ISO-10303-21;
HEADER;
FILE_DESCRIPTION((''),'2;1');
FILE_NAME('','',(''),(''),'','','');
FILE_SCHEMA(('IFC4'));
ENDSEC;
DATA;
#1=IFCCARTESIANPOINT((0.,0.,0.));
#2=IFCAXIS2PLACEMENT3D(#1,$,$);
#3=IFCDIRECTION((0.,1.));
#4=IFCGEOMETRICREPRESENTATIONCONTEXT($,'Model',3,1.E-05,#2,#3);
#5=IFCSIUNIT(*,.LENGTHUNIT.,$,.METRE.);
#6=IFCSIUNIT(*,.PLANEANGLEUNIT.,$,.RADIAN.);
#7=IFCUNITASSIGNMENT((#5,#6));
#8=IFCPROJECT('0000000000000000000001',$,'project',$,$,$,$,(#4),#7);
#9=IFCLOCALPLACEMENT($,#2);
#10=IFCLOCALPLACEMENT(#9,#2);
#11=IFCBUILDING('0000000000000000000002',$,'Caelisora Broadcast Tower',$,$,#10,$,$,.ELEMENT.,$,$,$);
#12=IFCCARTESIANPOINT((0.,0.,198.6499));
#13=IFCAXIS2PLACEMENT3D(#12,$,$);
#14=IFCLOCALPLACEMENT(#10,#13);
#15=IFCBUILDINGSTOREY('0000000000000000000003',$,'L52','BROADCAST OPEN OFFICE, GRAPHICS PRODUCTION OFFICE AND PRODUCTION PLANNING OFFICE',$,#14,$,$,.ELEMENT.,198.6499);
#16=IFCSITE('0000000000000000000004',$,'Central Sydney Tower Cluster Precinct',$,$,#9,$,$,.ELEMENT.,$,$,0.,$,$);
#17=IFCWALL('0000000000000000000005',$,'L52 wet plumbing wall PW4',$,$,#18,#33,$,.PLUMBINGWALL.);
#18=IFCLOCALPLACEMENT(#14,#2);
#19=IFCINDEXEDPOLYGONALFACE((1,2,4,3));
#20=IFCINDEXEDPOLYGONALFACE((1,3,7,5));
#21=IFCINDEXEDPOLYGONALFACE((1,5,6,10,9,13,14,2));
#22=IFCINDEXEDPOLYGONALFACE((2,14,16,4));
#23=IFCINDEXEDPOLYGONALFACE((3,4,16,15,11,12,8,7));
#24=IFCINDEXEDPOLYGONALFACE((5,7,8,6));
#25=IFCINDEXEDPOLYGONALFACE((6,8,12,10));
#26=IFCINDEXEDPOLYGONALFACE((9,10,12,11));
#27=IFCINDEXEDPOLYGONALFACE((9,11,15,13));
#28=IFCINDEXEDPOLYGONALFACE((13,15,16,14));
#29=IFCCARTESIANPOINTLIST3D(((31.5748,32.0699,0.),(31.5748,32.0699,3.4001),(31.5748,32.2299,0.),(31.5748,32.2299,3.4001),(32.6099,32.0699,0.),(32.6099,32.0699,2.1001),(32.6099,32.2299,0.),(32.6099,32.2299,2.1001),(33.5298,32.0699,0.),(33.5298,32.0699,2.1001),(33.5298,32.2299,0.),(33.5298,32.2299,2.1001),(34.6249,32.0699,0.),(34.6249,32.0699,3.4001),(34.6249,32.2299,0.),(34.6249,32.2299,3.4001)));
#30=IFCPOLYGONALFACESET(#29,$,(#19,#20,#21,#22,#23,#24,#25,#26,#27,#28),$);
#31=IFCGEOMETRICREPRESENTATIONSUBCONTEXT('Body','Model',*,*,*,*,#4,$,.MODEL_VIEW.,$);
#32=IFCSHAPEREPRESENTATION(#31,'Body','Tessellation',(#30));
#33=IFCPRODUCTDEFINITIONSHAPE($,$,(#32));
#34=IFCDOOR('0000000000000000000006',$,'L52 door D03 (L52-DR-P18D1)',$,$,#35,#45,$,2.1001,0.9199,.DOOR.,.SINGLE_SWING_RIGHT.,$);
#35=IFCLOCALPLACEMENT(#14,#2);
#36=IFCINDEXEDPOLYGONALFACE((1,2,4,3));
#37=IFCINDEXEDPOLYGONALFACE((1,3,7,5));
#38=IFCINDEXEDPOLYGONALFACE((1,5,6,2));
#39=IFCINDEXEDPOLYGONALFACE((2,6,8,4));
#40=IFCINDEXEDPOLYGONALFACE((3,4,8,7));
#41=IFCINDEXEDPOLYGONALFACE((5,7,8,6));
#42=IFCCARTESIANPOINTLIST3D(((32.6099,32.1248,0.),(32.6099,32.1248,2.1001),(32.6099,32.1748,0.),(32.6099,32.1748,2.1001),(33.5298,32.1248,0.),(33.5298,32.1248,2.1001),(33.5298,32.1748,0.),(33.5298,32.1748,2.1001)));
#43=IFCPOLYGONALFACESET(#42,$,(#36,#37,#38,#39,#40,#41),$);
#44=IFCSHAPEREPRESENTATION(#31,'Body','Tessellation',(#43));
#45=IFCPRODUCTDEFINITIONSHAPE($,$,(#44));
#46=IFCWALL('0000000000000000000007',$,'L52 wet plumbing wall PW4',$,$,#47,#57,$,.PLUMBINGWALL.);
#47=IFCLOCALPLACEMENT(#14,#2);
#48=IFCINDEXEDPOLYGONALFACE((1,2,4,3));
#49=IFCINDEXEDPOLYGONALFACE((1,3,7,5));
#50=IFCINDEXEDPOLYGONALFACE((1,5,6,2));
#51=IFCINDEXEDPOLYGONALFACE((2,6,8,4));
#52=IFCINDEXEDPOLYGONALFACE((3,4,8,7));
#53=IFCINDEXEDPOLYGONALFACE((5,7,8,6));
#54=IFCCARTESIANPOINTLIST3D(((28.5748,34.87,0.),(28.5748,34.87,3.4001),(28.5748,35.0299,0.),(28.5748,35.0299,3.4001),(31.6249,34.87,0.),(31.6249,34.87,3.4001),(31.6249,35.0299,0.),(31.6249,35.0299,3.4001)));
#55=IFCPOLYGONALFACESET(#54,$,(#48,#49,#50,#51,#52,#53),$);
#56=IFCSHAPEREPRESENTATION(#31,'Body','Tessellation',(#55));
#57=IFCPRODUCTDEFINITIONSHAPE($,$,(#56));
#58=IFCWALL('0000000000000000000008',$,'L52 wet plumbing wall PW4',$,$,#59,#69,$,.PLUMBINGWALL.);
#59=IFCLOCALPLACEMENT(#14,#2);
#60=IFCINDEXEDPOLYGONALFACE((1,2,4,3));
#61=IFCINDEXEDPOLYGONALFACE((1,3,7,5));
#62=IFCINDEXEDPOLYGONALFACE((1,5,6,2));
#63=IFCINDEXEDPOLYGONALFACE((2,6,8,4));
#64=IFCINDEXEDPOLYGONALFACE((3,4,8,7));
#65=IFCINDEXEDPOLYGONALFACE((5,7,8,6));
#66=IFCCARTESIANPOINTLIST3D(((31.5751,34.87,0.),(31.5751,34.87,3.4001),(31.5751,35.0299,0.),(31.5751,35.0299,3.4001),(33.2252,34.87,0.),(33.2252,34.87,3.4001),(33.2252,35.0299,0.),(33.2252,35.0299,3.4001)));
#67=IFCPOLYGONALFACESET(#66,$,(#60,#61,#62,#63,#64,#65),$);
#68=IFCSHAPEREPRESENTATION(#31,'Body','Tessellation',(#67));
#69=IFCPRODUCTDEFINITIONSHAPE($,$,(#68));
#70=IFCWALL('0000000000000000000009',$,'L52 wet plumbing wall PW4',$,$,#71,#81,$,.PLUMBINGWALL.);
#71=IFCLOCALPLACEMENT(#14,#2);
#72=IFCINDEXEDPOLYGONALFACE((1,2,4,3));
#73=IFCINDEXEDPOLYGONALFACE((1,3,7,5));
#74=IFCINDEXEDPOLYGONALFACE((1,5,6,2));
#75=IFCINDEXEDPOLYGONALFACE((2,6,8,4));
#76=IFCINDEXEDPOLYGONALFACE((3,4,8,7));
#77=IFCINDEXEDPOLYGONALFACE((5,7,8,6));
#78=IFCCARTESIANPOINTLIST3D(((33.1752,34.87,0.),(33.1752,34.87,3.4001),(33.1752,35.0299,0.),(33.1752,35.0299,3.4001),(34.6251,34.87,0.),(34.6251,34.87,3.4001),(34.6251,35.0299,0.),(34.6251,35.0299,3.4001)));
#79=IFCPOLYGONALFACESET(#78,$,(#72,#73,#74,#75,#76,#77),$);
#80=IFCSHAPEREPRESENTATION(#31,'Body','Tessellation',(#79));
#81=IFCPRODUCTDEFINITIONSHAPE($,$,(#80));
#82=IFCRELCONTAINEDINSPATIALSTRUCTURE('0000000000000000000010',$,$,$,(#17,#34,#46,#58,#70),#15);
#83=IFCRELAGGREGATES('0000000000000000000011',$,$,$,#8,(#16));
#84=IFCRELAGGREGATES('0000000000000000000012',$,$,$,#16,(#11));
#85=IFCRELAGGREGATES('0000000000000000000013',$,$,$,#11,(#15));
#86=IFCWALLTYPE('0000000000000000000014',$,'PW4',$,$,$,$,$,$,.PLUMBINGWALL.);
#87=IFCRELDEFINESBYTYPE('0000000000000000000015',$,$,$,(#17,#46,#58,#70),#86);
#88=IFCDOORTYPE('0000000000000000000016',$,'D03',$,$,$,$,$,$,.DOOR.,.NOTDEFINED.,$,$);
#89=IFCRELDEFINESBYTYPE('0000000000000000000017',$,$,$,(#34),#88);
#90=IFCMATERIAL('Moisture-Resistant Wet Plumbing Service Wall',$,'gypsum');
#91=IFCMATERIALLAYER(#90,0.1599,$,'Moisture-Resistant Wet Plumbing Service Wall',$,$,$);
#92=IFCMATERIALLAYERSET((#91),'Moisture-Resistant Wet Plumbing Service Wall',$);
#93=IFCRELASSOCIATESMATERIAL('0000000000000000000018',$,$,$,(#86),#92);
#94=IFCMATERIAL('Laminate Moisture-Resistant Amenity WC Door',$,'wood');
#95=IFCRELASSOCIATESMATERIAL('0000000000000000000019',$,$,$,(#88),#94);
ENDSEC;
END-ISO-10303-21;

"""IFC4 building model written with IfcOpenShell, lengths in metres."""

from ifc_helpers import new_model, si_unit, direction, frame, frame_2d, origin, place, context, subcontext, project, spatial, rectangle, extrude, material, layer, layer_set, type_object, element, fill, save


model = new_model("IFC4")

# Units and contexts
model_context = context("Model", 3, precision=1e-05, world=origin(), true_north=direction((0.0, 1.0)))
body_context = subcontext(model_context, "Body", "Model", "MODEL_VIEW")
ifc_project = project(units=[si_unit("LENGTHUNIT", "METRE"), si_unit("PLANEANGLEUNIT", "RADIAN")], contexts=[model_context])

# Site, building, storey
site_placement = place(None, origin())
site = spatial("IfcSite", under=ifc_project, at=site_placement, Name="Central Sydney Tower Cluster Precinct", CompositionType="ELEMENT", RefElevation=0.0)
building_placement = place(site_placement, origin())
building = spatial("IfcBuilding", under=site, at=building_placement, Name="Caelisora Broadcast Tower", CompositionType="ELEMENT")
storey_placement = place(building_placement, frame((0.0, 0.0, 198.6499)))
storey = spatial("IfcBuildingStorey", under=building, at=storey_placement, Name="L52", Description="BROADCAST OPEN OFFICE, GRAPHICS PRODUCTION OFFICE AND PRODUCTION PLANNING OFFICE", CompositionType="ELEMENT", Elevation=198.6499)

# Wall, opening, door
ifc_material_1 = material(Name="Moisture-Resistant Wet Plumbing Service Wall", Category="gypsum")
ifc_layer_1 = layer(ifc_material_1, 0.1599, Name="Moisture-Resistant Wet Plumbing Service Wall")
ifc_layer_set_1 = layer_set([ifc_layer_1], Name="Moisture-Resistant Wet Plumbing Service Wall")
wall_type_1 = type_object("IfcWallType", Name="PW4", PredefinedType="PLUMBINGWALL", material=ifc_layer_set_1)
ifc_material_2 = material(Name="Laminate Moisture-Resistant Amenity WC Door", Category="wood")
door_type = type_object("IfcDoorType", Name="D03", OperationType="NOTDEFINED", PredefinedType="DOOR", material=ifc_material_2)
wall_1_placement = place(storey_placement, frame((31.575, 32.1499, 0.0), z_axis=(0.0, 0.0, 1.0), x_axis=(1.0, 0.0, 0.0)))
wall_1 = element("IfcWall", 1, at=wall_1_placement, inside=storey, type_object=wall_type_1, Name="L52 wet plumbing wall PW4", PredefinedType="PLUMBINGWALL", context=body_context, shape_type="SweptSolid", body=[
    extrude(rectangle(XDim=3.05, YDim=0.1599, at=frame_2d((1.5249, 0.0))), origin(), (0.0, 0.0, 1.0), 3.4001),
])
opening_1_placement = place(wall_1_placement, frame((1.0349, 0.0, 0.0)))
opening_1 = element("IfcOpeningElement", 2, at=opening_1_placement, cuts=wall_1, PredefinedType="OPENING", context=body_context, shape_type="SweptSolid", body=[
    extrude(rectangle(XDim=0.9199, YDim=2.1001, at=frame_2d((0.46, 1.05))), frame((0.0, 0.092, 0.0), z_axis=(0.0, -1.0, 0.0), x_axis=(1.0, 0.0, 0.0)), (0.0, 0.0, 1.0), 0.1838),
])
door_1_placement = place(opening_1_placement, origin())
door_1 = element("IfcDoor", 3, at=door_1_placement, inside=storey, type_object=door_type, Name="L52 door D03 (L52-DR-P18D1)", OperationType="SINGLE_SWING_RIGHT", OverallHeight=2.1001, OverallWidth=0.9199, PredefinedType="DOOR", context=body_context, shape_type="SweptSolid", body=[
    extrude(rectangle(XDim=0.9199, YDim=2.1001, at=frame_2d((0.46, 1.05))), frame((0.0, 0.0249, 0.0), z_axis=(0.0, -1.0, 0.0), x_axis=(1.0, 0.0, 0.0)), (0.0, 0.0, 1.0), 0.05),
])
fill(opening_1, door_1)

# Walls
wall_2_placement = place(storey_placement, frame((28.575, 34.95, 0.0), z_axis=(0.0, 0.0, 1.0), x_axis=(1.0, 0.0, 0.0)))
element("IfcWall", 4, at=wall_2_placement, inside=storey, type_object=wall_type_1, Name="L52 wet plumbing wall PW4", PredefinedType="PLUMBINGWALL", context=body_context, shape_type="SweptSolid", body=[
    extrude(rectangle(XDim=3.05, YDim=0.1599, at=frame_2d((1.5249, 0.0))), origin(), (0.0, 0.0, 1.0), 3.4001),
])
wall_3_placement = place(storey_placement, frame((31.575, 34.95, 0.0), z_axis=(0.0, 0.0, 1.0), x_axis=(1.0, 0.0, 0.0)))
element("IfcWall", 5, at=wall_3_placement, inside=storey, type_object=wall_type_1, Name="L52 wet plumbing wall PW4", PredefinedType="PLUMBINGWALL", context=body_context, shape_type="SweptSolid", body=[
    extrude(rectangle(XDim=1.6501, YDim=0.1599, at=frame_2d((0.8252, 0.0))), origin(), (0.0, 0.0, 1.0), 3.4001),
])
wall_4_placement = place(storey_placement, frame((33.175, 34.95, 0.0), z_axis=(0.0, 0.0, 1.0), x_axis=(1.0, 0.0, 0.0)))
element("IfcWall", 6, at=wall_4_placement, inside=storey, type_object=wall_type_1, Name="L52 wet plumbing wall PW4", PredefinedType="PLUMBINGWALL", context=body_context, shape_type="SweptSolid", body=[
    extrude(rectangle(XDim=1.45, YDim=0.1599, at=frame_2d((0.7251, 0.0))), origin(), (0.0, 0.0, 1.0), 3.4001),
])

save(model, "model.ifc")
